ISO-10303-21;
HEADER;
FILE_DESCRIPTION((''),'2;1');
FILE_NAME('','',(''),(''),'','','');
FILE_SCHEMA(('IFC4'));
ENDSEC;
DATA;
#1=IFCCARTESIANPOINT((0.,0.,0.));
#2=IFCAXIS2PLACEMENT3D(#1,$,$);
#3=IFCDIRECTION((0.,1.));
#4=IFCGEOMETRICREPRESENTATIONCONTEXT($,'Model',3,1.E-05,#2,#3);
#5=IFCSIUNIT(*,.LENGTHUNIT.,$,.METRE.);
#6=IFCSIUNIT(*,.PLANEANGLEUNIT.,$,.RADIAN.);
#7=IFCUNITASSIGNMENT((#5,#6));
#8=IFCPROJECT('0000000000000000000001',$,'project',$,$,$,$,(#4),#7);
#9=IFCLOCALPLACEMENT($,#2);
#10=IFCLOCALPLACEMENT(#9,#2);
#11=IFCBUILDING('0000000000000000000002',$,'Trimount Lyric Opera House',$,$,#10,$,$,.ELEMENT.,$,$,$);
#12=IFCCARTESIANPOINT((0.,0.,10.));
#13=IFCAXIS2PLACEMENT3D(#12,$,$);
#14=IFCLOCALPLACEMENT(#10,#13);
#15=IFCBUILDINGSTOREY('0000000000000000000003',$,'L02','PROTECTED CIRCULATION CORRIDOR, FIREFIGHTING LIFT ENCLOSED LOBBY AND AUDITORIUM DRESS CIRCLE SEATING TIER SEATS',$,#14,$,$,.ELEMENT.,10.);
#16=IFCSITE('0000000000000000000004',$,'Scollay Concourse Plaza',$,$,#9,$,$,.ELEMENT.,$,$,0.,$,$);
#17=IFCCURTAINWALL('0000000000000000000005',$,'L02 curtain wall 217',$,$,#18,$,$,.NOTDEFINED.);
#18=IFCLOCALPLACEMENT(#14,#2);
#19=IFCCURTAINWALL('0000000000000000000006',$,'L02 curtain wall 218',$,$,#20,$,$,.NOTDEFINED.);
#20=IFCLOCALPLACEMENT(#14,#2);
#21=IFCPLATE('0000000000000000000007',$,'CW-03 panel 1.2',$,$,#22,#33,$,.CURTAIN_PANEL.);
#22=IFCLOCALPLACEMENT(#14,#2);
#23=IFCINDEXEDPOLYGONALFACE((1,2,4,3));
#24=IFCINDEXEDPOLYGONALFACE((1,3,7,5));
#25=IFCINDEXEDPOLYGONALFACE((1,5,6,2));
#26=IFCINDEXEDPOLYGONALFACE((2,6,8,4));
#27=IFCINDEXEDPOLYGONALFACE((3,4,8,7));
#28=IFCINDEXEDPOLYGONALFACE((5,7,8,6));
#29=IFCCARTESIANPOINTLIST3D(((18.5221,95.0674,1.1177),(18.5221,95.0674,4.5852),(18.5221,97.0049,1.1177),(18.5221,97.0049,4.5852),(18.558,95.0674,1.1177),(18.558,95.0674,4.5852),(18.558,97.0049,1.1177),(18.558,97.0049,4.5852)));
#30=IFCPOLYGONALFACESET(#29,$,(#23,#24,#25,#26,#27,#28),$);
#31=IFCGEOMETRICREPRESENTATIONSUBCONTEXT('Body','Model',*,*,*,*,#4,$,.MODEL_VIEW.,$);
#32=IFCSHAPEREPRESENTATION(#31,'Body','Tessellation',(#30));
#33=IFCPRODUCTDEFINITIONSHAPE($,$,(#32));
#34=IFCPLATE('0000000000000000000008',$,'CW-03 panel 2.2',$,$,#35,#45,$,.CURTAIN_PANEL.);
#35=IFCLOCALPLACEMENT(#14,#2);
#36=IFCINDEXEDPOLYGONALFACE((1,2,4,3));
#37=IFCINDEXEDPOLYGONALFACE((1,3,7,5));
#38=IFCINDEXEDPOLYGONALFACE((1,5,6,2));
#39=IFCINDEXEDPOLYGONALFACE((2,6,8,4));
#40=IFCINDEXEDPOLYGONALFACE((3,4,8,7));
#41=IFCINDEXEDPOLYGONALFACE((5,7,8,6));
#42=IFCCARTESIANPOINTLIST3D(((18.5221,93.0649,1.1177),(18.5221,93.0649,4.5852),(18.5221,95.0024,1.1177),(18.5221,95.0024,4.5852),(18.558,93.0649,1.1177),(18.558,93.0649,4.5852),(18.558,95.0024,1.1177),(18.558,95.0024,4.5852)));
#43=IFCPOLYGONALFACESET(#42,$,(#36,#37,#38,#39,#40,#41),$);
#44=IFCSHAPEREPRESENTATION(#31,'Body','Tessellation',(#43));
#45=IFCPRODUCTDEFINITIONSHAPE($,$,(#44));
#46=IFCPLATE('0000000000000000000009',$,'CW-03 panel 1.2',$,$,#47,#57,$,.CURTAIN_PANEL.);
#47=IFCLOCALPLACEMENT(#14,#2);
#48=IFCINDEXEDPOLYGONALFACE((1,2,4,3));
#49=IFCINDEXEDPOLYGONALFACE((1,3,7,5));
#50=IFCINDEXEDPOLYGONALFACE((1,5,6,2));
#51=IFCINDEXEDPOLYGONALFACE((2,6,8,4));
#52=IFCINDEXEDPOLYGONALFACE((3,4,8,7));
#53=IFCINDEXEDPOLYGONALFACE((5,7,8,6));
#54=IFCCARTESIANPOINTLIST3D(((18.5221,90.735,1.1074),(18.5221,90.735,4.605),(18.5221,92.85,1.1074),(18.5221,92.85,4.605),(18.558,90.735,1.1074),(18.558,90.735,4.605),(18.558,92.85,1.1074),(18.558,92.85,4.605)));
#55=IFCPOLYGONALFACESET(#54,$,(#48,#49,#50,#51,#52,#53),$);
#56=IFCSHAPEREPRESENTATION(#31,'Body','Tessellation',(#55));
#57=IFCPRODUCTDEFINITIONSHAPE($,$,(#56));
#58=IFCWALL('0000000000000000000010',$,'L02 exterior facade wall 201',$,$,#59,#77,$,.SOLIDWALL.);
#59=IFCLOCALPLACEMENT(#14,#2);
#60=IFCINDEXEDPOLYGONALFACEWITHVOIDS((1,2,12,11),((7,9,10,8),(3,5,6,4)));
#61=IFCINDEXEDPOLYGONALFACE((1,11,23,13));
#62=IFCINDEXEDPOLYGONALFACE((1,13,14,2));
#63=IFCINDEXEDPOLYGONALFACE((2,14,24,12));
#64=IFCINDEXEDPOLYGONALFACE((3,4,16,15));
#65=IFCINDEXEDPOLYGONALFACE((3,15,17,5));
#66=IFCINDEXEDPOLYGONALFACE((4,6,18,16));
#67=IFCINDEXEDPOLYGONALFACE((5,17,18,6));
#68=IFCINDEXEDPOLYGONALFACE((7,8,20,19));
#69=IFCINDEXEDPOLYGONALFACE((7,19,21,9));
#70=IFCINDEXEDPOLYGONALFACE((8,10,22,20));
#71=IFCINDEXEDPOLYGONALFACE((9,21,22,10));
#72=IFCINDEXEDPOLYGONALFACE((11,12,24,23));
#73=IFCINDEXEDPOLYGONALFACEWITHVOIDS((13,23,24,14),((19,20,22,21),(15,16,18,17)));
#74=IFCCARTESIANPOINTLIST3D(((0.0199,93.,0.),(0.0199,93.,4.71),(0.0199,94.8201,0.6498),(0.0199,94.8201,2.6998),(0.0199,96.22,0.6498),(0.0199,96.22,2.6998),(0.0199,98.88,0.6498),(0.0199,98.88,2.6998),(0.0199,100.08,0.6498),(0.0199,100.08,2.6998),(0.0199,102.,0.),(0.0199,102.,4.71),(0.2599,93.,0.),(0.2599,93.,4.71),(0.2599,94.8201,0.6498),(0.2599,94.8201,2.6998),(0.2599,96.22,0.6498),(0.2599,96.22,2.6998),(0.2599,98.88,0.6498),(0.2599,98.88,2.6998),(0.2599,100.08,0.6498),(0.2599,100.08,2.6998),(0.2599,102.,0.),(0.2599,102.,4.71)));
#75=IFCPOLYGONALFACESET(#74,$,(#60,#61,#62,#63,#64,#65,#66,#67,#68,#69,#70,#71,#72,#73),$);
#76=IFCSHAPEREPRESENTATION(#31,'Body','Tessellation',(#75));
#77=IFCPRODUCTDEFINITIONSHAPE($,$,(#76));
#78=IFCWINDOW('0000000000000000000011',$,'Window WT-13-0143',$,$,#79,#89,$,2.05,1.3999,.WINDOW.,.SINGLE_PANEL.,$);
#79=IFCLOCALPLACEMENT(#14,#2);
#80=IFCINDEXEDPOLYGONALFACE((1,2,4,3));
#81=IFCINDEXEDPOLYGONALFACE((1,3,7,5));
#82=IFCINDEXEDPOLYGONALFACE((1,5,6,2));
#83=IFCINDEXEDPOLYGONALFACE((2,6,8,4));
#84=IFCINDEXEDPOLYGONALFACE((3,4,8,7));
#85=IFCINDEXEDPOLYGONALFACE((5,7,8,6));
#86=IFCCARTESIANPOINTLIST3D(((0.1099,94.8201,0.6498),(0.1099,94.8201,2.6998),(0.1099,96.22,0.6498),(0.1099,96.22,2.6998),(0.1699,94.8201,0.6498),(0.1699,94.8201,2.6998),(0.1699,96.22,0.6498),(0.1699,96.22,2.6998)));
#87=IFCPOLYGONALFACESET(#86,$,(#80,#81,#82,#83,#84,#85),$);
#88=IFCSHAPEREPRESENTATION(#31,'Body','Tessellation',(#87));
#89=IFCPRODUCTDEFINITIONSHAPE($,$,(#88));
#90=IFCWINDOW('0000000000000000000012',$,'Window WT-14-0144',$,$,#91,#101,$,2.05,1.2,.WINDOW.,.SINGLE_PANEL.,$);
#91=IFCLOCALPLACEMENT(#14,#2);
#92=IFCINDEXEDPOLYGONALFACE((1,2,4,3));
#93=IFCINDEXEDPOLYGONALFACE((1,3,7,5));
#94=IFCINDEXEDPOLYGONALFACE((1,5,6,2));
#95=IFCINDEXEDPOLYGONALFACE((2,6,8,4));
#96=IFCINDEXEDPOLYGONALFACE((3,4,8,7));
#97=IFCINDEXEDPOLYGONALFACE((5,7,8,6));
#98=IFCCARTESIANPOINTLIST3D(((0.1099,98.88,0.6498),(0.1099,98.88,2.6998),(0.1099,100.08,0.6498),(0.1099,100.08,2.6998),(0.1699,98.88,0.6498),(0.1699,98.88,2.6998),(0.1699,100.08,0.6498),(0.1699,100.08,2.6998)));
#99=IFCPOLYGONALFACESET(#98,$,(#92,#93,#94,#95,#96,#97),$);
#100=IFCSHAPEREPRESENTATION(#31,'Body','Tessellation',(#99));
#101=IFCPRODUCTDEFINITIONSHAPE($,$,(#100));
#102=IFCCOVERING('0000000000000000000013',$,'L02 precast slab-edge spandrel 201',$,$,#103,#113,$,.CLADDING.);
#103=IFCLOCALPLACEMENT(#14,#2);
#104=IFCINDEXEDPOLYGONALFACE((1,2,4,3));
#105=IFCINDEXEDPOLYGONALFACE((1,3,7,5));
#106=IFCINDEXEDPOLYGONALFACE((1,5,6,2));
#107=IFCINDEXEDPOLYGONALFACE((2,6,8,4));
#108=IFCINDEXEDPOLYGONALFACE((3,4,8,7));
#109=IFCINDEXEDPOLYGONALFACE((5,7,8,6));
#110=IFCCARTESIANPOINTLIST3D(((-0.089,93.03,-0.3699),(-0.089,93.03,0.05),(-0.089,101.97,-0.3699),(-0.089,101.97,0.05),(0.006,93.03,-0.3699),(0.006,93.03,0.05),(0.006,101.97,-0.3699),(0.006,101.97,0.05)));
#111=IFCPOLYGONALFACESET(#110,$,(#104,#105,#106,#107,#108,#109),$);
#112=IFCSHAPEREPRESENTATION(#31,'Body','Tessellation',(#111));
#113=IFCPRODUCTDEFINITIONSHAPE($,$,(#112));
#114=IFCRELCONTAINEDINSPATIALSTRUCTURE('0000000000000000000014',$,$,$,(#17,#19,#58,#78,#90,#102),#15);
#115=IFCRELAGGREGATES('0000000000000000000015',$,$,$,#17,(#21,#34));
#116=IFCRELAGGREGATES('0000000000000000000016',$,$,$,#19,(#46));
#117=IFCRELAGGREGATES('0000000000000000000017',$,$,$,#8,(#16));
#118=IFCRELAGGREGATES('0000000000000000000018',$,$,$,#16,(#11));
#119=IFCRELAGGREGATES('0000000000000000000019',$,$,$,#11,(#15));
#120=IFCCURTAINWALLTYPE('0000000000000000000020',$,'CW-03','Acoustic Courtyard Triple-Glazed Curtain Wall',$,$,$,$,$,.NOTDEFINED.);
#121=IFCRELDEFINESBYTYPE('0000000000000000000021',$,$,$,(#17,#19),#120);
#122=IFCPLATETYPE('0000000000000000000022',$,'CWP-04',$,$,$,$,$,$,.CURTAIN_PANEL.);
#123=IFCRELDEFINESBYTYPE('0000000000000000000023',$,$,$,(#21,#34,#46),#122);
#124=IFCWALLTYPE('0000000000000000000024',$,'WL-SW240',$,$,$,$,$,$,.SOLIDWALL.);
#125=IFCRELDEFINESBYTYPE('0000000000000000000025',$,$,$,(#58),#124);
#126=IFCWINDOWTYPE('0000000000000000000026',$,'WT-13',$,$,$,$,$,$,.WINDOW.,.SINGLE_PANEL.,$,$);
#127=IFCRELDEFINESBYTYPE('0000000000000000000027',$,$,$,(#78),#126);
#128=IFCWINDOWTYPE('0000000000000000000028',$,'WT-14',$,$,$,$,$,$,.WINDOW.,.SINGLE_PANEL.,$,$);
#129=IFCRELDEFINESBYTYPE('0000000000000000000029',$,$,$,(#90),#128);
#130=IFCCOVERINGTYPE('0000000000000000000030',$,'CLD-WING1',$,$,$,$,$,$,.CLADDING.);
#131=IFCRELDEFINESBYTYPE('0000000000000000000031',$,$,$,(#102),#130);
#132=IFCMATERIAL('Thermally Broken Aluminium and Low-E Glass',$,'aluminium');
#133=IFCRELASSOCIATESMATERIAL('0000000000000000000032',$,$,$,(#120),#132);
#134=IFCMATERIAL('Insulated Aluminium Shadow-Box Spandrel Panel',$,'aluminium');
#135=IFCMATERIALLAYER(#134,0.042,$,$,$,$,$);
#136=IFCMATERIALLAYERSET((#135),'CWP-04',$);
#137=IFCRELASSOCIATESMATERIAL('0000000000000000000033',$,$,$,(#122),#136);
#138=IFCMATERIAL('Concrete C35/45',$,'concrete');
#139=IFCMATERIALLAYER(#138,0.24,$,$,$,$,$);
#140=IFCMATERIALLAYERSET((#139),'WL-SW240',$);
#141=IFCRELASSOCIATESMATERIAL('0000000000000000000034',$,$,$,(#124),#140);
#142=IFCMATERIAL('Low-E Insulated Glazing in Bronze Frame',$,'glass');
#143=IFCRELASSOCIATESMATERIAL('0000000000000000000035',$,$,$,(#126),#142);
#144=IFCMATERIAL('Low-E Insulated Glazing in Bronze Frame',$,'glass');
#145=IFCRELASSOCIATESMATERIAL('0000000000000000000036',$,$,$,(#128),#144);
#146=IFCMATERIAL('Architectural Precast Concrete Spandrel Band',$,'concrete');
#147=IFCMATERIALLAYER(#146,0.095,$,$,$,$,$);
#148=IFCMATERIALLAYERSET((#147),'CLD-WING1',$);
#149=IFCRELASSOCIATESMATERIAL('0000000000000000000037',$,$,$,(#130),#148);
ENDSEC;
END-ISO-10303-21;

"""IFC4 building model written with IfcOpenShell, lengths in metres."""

from ifc_helpers import new_model, si_unit, direction, frame, frame_2d, origin, origin_2d, place, context, subcontext, project, spatial, rectangle, extrude, material, layer, layer_set, type_object, element, fill, aggregate, save


model = new_model("IFC4")

# Units and contexts
model_context = context("Model", 3, precision=1e-05, world=origin(), true_north=direction((0.0, 1.0)))
body_context = subcontext(model_context, "Body", "Model", "MODEL_VIEW")
ifc_project = project(units=[si_unit("LENGTHUNIT", "METRE"), si_unit("PLANEANGLEUNIT", "RADIAN")], contexts=[model_context])

# Site, building, storey
site_placement = place(None, origin())
site = spatial("IfcSite", under=ifc_project, at=site_placement, Name="Scollay Concourse Plaza", CompositionType="ELEMENT", RefElevation=0.0)
building_placement = place(site_placement, origin())
building = spatial("IfcBuilding", under=site, at=building_placement, Name="Trimount Lyric Opera House", CompositionType="ELEMENT")
storey_placement = place(building_placement, frame((0.0, 0.0, 10.0)))
storey = spatial("IfcBuildingStorey", under=building, at=storey_placement, Name="L02", Description="PROTECTED CIRCULATION CORRIDOR, FIREFIGHTING LIFT ENCLOSED LOBBY AND AUDITORIUM DRESS CIRCLE SEATING TIER SEATS", CompositionType="ELEMENT", Elevation=10.0)

# Shared definitions
ifc_material_1 = material(Name="Thermally Broken Aluminium and Low-E Glass", Category="aluminium")
curtain_wall_type = type_object("IfcCurtainWallType", Name="CW-03", Description="Acoustic Courtyard Triple-Glazed Curtain Wall", PredefinedType="NOTDEFINED", material=ifc_material_1)

# Curtain wall
curtain_wall_1_placement = place(storey_placement, origin())
curtain_wall_1 = element("IfcCurtainWall", 1, at=curtain_wall_1_placement, inside=storey, type_object=curtain_wall_type, Name="L02 curtain wall 217", PredefinedType="NOTDEFINED")

# Curtain wall
curtain_wall_2_placement = place(storey_placement, origin())
curtain_wall_2 = element("IfcCurtainWall", 2, at=curtain_wall_2_placement, inside=storey, type_object=curtain_wall_type, Name="L02 curtain wall 218", PredefinedType="NOTDEFINED")

# Plates
ifc_material_2 = material(Name="Insulated Aluminium Shadow-Box Spandrel Panel", Category="aluminium")
ifc_layer_1 = layer(ifc_material_2, 0.042)
ifc_layer_set_1 = layer_set([ifc_layer_1], Name="CWP-04")
plate_type_1 = type_object("IfcPlateType", Name="CWP-04", PredefinedType="CURTAIN_PANEL", material=ifc_layer_set_1)
plate_1_placement = place(storey_placement, frame((18.54, 96.0361, 1.1177), z_axis=(0.0, 0.0, 1.0), x_axis=(0.0, -1.0, 0.0)))
plate_1 = element("IfcPlate", 3, at=plate_1_placement, type_object=plate_type_1, Name="CW-03 panel 1.2", PredefinedType="CURTAIN_PANEL", context=body_context, shape_type="SweptSolid", body=[
    extrude(rectangle(XDim=1.9375, YDim=0.0359, at=origin_2d()), origin(), (0.0, 0.0, 1.0), 3.4675),
])
plate_2_placement = place(storey_placement, frame((18.54, 94.0337, 1.1177), z_axis=(0.0, 0.0, 1.0), x_axis=(0.0, -1.0, 0.0)))
plate_2 = element("IfcPlate", 4, at=plate_2_placement, type_object=plate_type_1, Name="CW-03 panel 2.2", PredefinedType="CURTAIN_PANEL", context=body_context, shape_type="SweptSolid", body=[
    extrude(rectangle(XDim=1.9375, YDim=0.0359, at=origin_2d()), origin(), (0.0, 0.0, 1.0), 3.4675),
])
aggregate(curtain_wall_1, [plate_1, plate_2])
plate_3_placement = place(storey_placement, frame((18.54, 91.7925, 1.1074), z_axis=(0.0, 0.0, 1.0), x_axis=(0.0, -1.0, 0.0)))
plate_3 = element("IfcPlate", 5, at=plate_3_placement, type_object=plate_type_1, Name="CW-03 panel 1.2", PredefinedType="CURTAIN_PANEL", context=body_context, shape_type="SweptSolid", body=[
    extrude(rectangle(XDim=2.115, YDim=0.0359, at=origin_2d()), origin(), (0.0, 0.0, 1.0), 3.4976),
])
aggregate(curtain_wall_2, [plate_3])

# Wall, openings, windows
ifc_material_3 = material(Name="Concrete C35/45", Category="concrete")
ifc_layer_2 = layer(ifc_material_3, 0.24)
ifc_layer_set_2 = layer_set([ifc_layer_2], Name="WL-SW240")
wall_type = type_object("IfcWallType", Name="WL-SW240", PredefinedType="SOLIDWALL", material=ifc_layer_set_2)
wall_placement = place(storey_placement, frame((0.1399, 93.0, 0.0), z_axis=(0.0, 0.0, 1.0), x_axis=(0.0, 1.0, 0.0)))
wall = element("IfcWall", 6, at=wall_placement, inside=storey, type_object=wall_type, Name="L02 exterior facade wall 201", PredefinedType="SOLIDWALL", context=body_context, shape_type="SweptSolid", body=[
    extrude(rectangle(XDim=9.0, YDim=0.24, at=frame_2d((4.5, 0.0))), origin(), (0.0, 0.0, 1.0), 4.71),
])
opening_1_placement = place(wall_placement, frame((1.8201, 0.0, 0.6499)))
opening_1 = element("IfcOpeningElement", 7, at=opening_1_placement, cuts=wall, PredefinedType="OPENING", context=body_context, shape_type="SweptSolid", body=[
    extrude(rectangle(XDim=1.3999, YDim=2.05, at=frame_2d((0.7, 1.0249))), frame((0.0, 0.1299, 0.0), z_axis=(0.0, -1.0, 0.0), x_axis=(1.0, 0.0, 0.0)), (0.0, 0.0, 1.0), 0.26),
])
opening_2_placement = place(wall_placement, frame((5.8799, 0.0, 0.6499)))
opening_2 = element("IfcOpeningElement", 8, at=opening_2_placement, cuts=wall, PredefinedType="OPENING", context=body_context, shape_type="SweptSolid", body=[
    extrude(rectangle(XDim=1.2, YDim=2.05, at=frame_2d((0.6001, 1.0249))), frame((0.0, 0.1299, 0.0), z_axis=(0.0, -1.0, 0.0), x_axis=(1.0, 0.0, 0.0)), (0.0, 0.0, 1.0), 0.26),
])
ifc_material_4 = material(Name="Low-E Insulated Glazing in Bronze Frame", Category="glass")
window_type_1 = type_object("IfcWindowType", Name="WT-13", PartitioningType="SINGLE_PANEL", PredefinedType="WINDOW", material=ifc_material_4)
window_1_placement = place(opening_1_placement, origin())
window_1 = element("IfcWindow", 9, at=window_1_placement, inside=storey, type_object=window_type_1, Name="Window WT-13-0143", OverallHeight=2.05, OverallWidth=1.3999, PartitioningType="SINGLE_PANEL", PredefinedType="WINDOW", context=body_context, shape_type="SweptSolid", body=[
    extrude(rectangle(XDim=1.3999, YDim=2.05, at=frame_2d((0.7, 1.0249))), frame((0.0, 0.03, 0.0), z_axis=(0.0, -1.0, 0.0), x_axis=(1.0, 0.0, 0.0)), (0.0, 0.0, 1.0), 0.0601),
])
fill(opening_1, window_1)
ifc_material_5 = material(Name="Low-E Insulated Glazing in Bronze Frame", Category="glass")
window_type_2 = type_object("IfcWindowType", Name="WT-14", PartitioningType="SINGLE_PANEL", PredefinedType="WINDOW", material=ifc_material_5)
window_2_placement = place(opening_2_placement, origin())
window_2 = element("IfcWindow", 10, at=window_2_placement, inside=storey, type_object=window_type_2, Name="Window WT-14-0144", OverallHeight=2.05, OverallWidth=1.2, PartitioningType="SINGLE_PANEL", PredefinedType="WINDOW", context=body_context, shape_type="SweptSolid", body=[
    extrude(rectangle(XDim=1.2, YDim=2.05, at=frame_2d((0.6001, 1.0249))), frame((0.0, 0.03, 0.0), z_axis=(0.0, -1.0, 0.0), x_axis=(1.0, 0.0, 0.0)), (0.0, 0.0, 1.0), 0.0601),
])
fill(opening_2, window_2)

# Covering
ifc_material_6 = material(Name="Architectural Precast Concrete Spandrel Band", Category="concrete")
ifc_layer_3 = layer(ifc_material_6, 0.095)
ifc_layer_set_3 = layer_set([ifc_layer_3], Name="CLD-WING1")
covering_type = type_object("IfcCoveringType", Name="CLD-WING1", PredefinedType="CLADDING", material=ifc_layer_set_3)
covering_placement = place(storey_placement, frame((-0.0415, 97.5, -0.3699), z_axis=(0.0, 0.0, 1.0), x_axis=(0.0, 1.0, 0.0)))
element("IfcCovering", 11, at=covering_placement, inside=storey, type_object=covering_type, Name="L02 precast slab-edge spandrel 201", PredefinedType="CLADDING", context=body_context, shape_type="SweptSolid", body=[
    extrude(rectangle(XDim=8.9399, YDim=0.095, at=origin_2d()), origin(), (0.0, 0.0, 1.0), 0.4199),
])

save(model, "model.ifc")
